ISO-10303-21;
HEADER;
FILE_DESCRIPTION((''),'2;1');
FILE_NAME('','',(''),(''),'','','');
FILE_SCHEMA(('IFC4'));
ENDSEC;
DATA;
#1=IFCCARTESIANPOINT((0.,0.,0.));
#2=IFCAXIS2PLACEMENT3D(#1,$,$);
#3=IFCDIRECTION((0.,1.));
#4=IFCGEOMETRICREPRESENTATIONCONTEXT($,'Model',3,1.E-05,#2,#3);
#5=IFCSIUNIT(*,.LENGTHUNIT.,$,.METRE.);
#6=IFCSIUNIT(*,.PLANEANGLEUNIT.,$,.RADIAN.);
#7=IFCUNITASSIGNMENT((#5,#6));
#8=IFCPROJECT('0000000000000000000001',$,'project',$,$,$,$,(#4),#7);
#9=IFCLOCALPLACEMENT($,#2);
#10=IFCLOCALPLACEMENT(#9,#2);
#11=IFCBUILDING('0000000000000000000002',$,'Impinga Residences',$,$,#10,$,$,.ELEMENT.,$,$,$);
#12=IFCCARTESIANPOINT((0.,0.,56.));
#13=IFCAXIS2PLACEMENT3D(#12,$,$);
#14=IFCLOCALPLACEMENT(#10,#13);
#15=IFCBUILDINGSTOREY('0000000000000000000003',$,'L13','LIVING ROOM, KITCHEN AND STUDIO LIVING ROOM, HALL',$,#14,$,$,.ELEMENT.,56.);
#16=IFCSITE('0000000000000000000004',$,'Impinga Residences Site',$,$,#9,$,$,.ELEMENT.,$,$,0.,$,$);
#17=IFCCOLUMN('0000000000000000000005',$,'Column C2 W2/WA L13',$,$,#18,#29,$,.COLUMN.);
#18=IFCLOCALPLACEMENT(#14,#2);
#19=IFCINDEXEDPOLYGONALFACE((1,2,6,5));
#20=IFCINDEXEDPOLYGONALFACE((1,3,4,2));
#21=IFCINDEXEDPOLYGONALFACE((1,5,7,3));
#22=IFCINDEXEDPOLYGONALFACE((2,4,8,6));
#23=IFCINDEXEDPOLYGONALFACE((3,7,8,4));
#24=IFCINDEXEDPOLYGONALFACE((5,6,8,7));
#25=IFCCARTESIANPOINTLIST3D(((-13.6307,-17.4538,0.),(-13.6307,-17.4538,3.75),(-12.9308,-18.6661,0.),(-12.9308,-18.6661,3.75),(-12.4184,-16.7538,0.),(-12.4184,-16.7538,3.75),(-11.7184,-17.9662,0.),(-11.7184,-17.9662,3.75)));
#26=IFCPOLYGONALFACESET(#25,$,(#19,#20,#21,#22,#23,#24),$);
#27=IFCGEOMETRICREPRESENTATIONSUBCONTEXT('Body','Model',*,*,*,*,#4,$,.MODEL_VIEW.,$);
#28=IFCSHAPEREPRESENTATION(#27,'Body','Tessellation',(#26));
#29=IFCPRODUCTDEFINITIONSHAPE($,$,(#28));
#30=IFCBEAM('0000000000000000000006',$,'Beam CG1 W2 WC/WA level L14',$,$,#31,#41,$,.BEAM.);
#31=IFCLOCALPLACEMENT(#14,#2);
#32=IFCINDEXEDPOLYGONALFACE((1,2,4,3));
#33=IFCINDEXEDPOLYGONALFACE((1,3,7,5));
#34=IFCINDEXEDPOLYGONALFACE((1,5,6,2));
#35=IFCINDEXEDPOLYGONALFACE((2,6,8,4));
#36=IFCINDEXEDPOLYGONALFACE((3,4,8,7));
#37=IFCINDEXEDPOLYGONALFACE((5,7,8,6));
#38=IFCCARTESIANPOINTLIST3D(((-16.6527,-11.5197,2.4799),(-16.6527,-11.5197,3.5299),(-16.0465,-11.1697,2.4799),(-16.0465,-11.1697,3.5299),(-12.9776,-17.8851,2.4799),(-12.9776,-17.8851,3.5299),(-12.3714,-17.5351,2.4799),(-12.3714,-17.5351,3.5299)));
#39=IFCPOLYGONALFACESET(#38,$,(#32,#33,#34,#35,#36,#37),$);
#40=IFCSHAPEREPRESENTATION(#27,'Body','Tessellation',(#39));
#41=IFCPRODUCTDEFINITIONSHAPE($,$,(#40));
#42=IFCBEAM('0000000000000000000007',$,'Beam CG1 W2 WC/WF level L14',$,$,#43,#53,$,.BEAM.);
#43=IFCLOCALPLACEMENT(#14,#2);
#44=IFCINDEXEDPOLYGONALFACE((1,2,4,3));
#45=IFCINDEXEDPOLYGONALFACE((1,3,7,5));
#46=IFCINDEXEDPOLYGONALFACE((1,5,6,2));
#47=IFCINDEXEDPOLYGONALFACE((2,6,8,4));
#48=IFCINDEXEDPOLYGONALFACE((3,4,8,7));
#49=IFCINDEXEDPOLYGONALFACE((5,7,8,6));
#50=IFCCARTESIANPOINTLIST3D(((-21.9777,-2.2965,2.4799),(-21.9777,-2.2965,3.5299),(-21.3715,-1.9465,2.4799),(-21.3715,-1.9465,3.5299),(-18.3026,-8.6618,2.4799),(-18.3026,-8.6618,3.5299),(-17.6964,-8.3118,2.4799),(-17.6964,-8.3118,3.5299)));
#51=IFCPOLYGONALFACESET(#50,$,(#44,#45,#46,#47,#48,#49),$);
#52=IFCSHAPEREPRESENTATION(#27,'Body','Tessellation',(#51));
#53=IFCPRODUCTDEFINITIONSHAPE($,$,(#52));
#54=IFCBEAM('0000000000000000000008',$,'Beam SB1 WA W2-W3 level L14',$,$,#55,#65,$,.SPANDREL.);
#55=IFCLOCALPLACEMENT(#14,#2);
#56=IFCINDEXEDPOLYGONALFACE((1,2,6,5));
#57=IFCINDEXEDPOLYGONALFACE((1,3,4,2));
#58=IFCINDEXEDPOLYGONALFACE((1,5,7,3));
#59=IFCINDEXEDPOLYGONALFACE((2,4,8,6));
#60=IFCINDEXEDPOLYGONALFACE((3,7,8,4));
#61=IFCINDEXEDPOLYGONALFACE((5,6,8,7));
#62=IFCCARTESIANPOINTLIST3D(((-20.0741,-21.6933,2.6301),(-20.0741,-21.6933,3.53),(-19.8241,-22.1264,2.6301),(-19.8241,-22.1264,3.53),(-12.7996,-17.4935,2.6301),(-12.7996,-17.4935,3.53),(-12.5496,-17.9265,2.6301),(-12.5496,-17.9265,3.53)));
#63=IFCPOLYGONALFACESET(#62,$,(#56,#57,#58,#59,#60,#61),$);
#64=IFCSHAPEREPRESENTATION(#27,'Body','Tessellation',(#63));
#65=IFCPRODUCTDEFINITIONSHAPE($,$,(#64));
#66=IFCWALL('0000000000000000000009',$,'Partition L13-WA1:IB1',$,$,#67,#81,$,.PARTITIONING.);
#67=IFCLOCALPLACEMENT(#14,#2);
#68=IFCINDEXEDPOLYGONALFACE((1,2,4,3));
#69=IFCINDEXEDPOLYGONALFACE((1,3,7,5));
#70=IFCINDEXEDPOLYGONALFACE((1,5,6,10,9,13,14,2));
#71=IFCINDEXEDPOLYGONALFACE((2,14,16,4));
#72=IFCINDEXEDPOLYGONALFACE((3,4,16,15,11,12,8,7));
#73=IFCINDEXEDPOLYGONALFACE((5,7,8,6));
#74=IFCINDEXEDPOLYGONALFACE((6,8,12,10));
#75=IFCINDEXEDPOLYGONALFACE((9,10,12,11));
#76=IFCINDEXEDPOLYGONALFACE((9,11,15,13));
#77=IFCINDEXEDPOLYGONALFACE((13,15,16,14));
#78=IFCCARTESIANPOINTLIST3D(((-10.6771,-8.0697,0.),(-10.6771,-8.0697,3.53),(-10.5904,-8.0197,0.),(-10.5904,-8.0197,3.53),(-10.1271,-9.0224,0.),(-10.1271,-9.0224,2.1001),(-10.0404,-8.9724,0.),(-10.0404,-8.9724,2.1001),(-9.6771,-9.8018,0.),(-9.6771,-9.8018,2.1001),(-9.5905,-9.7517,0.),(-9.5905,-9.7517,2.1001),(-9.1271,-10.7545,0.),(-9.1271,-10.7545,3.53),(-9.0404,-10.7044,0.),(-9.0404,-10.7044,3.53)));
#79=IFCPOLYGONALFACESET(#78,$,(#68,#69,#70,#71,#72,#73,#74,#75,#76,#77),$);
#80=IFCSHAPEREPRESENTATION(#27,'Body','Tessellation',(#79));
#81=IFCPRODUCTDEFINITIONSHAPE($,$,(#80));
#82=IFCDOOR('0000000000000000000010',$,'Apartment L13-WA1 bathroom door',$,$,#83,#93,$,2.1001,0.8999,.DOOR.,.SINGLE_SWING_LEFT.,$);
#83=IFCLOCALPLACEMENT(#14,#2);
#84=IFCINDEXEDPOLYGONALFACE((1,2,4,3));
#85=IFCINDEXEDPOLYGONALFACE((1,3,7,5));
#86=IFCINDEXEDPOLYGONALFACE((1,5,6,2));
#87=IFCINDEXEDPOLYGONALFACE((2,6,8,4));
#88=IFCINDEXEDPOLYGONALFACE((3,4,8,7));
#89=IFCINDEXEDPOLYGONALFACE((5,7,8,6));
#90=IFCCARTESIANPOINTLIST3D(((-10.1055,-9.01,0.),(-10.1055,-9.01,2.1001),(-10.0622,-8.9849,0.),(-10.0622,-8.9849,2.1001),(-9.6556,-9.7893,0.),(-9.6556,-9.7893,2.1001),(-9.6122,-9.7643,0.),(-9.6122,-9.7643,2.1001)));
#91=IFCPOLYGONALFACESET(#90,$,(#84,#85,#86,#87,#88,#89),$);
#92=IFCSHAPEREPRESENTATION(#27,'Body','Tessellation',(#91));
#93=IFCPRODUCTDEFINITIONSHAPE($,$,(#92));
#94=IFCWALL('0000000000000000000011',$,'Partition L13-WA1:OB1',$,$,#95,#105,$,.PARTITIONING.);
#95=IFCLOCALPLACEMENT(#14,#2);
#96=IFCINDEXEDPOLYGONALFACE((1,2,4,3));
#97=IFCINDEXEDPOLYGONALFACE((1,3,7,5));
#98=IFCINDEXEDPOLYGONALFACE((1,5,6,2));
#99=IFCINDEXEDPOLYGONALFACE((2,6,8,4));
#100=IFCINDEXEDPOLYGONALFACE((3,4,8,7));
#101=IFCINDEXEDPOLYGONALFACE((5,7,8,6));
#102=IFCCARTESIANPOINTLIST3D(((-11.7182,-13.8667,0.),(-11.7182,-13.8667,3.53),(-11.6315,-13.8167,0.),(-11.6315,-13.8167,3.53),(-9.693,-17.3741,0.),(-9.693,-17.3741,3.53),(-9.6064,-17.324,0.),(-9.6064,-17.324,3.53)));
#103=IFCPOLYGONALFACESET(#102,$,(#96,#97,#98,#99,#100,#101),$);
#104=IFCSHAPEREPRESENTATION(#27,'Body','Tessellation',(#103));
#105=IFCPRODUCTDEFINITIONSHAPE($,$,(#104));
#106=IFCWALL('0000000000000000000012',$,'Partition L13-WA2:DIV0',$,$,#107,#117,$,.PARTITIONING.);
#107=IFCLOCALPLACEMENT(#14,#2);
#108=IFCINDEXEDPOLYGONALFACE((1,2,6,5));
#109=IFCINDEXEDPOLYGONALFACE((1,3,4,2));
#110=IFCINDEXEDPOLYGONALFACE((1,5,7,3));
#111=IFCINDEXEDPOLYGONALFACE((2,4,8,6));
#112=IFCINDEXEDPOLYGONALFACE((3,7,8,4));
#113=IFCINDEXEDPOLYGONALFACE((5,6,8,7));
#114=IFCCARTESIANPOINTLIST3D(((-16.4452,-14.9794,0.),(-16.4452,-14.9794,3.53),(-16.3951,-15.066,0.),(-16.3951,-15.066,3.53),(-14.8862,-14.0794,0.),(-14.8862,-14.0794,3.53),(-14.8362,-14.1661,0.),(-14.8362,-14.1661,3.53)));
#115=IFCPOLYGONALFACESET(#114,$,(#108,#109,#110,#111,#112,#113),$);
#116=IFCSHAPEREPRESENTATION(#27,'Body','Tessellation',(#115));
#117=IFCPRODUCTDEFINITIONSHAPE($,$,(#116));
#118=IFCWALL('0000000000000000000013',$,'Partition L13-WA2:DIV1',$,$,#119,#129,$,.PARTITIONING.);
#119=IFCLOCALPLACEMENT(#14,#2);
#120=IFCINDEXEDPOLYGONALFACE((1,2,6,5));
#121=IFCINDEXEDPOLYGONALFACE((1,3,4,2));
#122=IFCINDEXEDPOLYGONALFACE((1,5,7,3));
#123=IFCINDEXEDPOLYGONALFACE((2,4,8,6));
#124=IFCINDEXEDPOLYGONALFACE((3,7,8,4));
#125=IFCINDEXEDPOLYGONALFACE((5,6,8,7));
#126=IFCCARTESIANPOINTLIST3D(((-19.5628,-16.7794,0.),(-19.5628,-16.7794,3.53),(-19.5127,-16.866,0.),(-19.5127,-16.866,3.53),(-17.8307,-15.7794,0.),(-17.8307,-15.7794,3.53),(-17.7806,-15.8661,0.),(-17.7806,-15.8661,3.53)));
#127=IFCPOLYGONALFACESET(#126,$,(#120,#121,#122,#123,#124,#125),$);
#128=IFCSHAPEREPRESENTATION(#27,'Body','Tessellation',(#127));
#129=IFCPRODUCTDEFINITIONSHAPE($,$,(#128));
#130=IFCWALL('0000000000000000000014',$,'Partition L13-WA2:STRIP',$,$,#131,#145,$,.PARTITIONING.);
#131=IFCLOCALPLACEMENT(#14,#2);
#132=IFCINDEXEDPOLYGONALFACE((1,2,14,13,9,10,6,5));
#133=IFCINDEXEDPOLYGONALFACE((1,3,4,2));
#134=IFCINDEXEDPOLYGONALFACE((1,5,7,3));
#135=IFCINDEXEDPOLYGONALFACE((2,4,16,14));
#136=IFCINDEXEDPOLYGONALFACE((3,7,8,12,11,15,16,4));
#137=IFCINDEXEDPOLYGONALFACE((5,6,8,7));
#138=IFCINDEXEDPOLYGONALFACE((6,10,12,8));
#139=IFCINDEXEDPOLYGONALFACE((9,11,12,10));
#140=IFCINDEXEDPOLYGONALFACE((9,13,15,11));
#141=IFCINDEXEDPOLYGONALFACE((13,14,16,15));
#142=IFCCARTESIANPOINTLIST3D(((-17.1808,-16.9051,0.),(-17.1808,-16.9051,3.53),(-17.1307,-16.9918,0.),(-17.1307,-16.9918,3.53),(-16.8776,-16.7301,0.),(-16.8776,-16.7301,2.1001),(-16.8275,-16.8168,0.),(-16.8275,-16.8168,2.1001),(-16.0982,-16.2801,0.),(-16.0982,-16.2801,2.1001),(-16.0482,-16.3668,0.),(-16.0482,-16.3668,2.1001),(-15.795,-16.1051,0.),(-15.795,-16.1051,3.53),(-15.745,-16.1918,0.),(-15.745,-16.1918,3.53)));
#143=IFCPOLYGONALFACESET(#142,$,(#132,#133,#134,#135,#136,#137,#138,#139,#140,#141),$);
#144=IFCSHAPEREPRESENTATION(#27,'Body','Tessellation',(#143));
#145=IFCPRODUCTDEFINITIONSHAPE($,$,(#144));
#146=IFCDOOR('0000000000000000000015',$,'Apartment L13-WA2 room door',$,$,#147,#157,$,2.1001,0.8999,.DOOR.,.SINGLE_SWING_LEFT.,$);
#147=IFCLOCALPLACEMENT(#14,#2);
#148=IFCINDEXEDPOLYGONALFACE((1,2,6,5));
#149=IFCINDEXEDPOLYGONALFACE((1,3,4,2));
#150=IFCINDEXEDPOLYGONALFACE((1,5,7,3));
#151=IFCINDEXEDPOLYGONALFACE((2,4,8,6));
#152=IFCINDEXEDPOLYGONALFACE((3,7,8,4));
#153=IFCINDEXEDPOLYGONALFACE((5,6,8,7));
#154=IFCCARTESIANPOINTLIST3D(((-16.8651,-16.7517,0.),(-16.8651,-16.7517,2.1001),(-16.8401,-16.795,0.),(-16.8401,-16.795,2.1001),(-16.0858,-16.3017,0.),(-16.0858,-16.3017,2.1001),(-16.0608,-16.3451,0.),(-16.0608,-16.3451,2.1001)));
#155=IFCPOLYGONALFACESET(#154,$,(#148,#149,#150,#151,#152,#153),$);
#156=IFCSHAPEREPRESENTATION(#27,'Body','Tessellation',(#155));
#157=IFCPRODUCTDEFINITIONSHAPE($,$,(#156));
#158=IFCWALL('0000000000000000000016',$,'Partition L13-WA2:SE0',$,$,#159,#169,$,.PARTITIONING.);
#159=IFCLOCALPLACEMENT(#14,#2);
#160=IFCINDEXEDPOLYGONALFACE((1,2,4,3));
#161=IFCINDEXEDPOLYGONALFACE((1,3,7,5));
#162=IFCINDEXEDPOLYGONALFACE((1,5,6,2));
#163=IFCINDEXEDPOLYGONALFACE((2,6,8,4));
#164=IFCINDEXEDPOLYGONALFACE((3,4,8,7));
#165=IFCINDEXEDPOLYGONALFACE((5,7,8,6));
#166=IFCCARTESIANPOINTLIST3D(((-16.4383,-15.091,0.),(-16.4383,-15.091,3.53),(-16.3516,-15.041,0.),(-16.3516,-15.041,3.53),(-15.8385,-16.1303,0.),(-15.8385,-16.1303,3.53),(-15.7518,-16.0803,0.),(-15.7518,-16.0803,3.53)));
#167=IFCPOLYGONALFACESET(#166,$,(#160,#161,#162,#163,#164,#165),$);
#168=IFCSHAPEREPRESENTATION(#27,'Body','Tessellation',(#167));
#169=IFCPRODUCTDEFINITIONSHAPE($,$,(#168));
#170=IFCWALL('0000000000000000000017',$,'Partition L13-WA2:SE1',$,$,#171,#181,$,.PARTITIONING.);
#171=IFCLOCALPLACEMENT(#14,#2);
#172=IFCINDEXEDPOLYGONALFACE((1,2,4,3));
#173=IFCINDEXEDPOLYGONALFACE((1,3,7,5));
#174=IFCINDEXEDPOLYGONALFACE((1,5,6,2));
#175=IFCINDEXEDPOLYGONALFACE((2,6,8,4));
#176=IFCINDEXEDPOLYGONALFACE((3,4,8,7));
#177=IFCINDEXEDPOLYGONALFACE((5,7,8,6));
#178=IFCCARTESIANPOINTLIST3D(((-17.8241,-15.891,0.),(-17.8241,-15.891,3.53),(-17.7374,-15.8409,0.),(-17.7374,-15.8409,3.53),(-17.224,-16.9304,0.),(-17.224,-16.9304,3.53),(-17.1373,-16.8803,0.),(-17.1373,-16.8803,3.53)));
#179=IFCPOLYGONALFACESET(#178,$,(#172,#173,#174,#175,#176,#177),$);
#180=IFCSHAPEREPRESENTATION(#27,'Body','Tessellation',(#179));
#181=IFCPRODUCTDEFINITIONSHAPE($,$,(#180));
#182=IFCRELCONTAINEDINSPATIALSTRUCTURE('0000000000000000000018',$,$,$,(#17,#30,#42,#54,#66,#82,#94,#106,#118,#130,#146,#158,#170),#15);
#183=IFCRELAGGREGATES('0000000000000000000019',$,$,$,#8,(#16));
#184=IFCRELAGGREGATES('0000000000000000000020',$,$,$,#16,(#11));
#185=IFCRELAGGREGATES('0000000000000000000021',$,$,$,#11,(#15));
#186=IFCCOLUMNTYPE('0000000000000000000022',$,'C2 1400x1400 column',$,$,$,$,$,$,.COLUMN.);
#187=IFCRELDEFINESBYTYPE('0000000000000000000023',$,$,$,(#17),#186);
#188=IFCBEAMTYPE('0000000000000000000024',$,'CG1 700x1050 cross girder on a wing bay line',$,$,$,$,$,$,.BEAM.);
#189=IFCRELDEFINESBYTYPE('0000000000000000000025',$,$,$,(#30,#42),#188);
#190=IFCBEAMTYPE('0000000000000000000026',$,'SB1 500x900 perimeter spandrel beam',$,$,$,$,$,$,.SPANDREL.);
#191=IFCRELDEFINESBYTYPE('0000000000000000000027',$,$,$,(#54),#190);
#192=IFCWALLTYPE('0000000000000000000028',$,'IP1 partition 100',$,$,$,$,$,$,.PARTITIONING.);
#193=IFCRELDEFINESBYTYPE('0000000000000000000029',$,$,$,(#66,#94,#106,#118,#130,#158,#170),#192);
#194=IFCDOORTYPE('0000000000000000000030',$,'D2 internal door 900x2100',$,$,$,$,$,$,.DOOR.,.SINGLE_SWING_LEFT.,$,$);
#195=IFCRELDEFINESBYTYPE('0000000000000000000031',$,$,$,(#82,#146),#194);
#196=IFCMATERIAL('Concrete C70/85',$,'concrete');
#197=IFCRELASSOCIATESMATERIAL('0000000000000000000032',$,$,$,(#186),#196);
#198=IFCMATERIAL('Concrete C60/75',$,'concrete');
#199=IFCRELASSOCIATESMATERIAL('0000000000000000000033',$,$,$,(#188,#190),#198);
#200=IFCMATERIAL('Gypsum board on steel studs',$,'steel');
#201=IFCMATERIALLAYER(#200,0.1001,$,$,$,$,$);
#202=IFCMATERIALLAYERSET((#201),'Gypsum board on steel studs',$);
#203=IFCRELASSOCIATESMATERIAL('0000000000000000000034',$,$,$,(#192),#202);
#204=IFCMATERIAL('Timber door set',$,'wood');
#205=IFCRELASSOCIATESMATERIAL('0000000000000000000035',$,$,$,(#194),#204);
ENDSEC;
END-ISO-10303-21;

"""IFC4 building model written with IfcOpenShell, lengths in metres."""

from ifc_helpers import new_model, si_unit, direction, frame, frame_2d, origin, origin_2d, place, context, subcontext, project, spatial, rectangle, extrude, material, layer, layer_set, material_profile, profile_set, type_object, element, fill, save


model = new_model("IFC4")

# Units and contexts
model_context = context("Model", 3, precision=1e-05, world=origin(), true_north=direction((0.0, 1.0)))
body_context = subcontext(model_context, "Body", "Model", "MODEL_VIEW")
ifc_project = project(units=[si_unit("LENGTHUNIT", "METRE"), si_unit("PLANEANGLEUNIT", "RADIAN")], contexts=[model_context])

# Site, building, storey
site_placement = place(None, origin())
site = spatial("IfcSite", under=ifc_project, at=site_placement, Name="Impinga Residences Site", CompositionType="ELEMENT", RefElevation=0.0)
building_placement = place(site_placement, origin())
building = spatial("IfcBuilding", under=site, at=building_placement, Name="Impinga Residences", CompositionType="ELEMENT")
storey_placement = place(building_placement, frame((0.0, 0.0, 56.0)))
storey = spatial("IfcBuildingStorey", under=building, at=storey_placement, Name="L13", Description="LIVING ROOM, KITCHEN AND STUDIO LIVING ROOM, HALL", CompositionType="ELEMENT", Elevation=56.0)

# Column
ifc_material_1 = material(Name="Concrete C70/85", Category="concrete")
ifc_material_profile_1 = material_profile(ifc_material_1, rectangle(XDim=1.3999, YDim=1.3999, at=origin_2d()), Name="RC 1400x1400")
ifc_profile_set_1 = profile_set([ifc_material_profile_1], Name="Concrete C70/85")
column_type = type_object("IfcColumnType", Name="C2 1400x1400 column", PredefinedType="COLUMN", material=ifc_profile_set_1)
column_placement = place(storey_placement, frame((-12.6746, -17.71, 0.0), z_axis=(0.0, 0.0, 1.0), x_axis=(-0.5, 0.866025, 0.0)))
element("IfcColumn", 1, at=column_placement, inside=storey, type_object=column_type, Name="Column C2 W2/WA L13", PredefinedType="COLUMN", context=body_context, shape_type="SweptSolid", body=[
    extrude(rectangle(XDim=1.3999, YDim=1.3999, at=origin_2d()), origin(), (0.0, 0.0, 1.0), 3.75),
])

# Beams
ifc_material_2 = material(Name="Concrete C60/75", Category="concrete")
ifc_material_profile_2 = material_profile(ifc_material_2, rectangle(XDim=0.7, YDim=1.05, at=origin_2d()), Name="RC 700x1050")
ifc_profile_set_2 = profile_set([ifc_material_profile_2], Name="Concrete C60/75")
beam_type_1 = type_object("IfcBeamType", Name="CG1 700x1050 cross girder on a wing bay line", PredefinedType="BEAM", material=ifc_profile_set_2)
for number, where, z_axis, x_axis, name in (
    (2, (-16.3496, -11.3447, 3.0049), (0.500008, -0.866021, 0.0), (0.866021, 0.500008, 0.0), "Beam CG1 W2 WC/WA level L14"),
    (3, (-17.9995, -8.4868, 3.0049), (-0.500008, 0.866021, 0.0), (-0.866021, -0.500008, 0.0), "Beam CG1 W2 WC/WF level L14"),
):
    element("IfcBeam", number, at=place(storey_placement, frame(where, z_axis=z_axis, x_axis=x_axis)), inside=storey, type_object=beam_type_1, Name=name, PredefinedType="BEAM", context=body_context, shape_type="SweptSolid", body=[
        extrude(rectangle(XDim=0.7, YDim=1.05, at=origin_2d()), origin(), (0.0, 0.0, 1.0), 7.3501),
    ])
ifc_material_profile_3 = material_profile(ifc_material_2, rectangle(XDim=0.5, YDim=0.8999, at=origin_2d()), Name="RC 500x900")
ifc_profile_set_3 = profile_set([ifc_material_profile_3], Name="Concrete C60/75")
beam_type_2 = type_object("IfcBeamType", Name="SB1 500x900 perimeter spandrel beam", PredefinedType="SPANDREL", material=ifc_profile_set_3)
beam_placement = place(storey_placement, frame((-12.6746, -17.71, 3.0801), z_axis=(-0.866029, -0.499993, 0.0), x_axis=(0.499993, -0.866029, 0.0)))
element("IfcBeam", 4, at=beam_placement, inside=storey, type_object=beam_type_2, Name="Beam SB1 WA W2-W3 level L14", PredefinedType="SPANDREL", context=body_context, shape_type="SweptSolid", body=[
    extrude(rectangle(XDim=0.5, YDim=0.8999, at=origin_2d()), origin(), (0.0, 0.0, 1.0), 8.3999),
])

# Wall, opening, door
ifc_material_3 = material(Name="Gypsum board on steel studs", Category="steel")
ifc_layer_1 = layer(ifc_material_3, 0.1001)
ifc_layer_set_1 = layer_set([ifc_layer_1], Name="Gypsum board on steel studs")
wall_type_1 = type_object("IfcWallType", Name="IP1 partition 100", PredefinedType="PARTITIONING", material=ifc_layer_set_1)
wall_1_placement = place(storey_placement, frame((-10.6338, -8.0447, 0.0), z_axis=(0.0, 0.0, 1.0), x_axis=(0.499993, -0.86603, 0.0)))
wall_1 = element("IfcWall", 5, at=wall_1_placement, inside=storey, type_object=wall_type_1, Name="Partition L13-WA1:IB1", PredefinedType="PARTITIONING", context=body_context, shape_type="SweptSolid", body=[
    extrude(rectangle(XDim=3.1001, YDim=0.1001, at=frame_2d((1.55, 0.0))), origin(), (0.0, 0.0, 1.0), 3.53),
])
opening_1_placement = place(wall_1_placement, frame((1.1001, 0.0, 0.0)))
opening_1 = element("IfcOpeningElement", 6, at=opening_1_placement, cuts=wall_1, PredefinedType="OPENING", context=body_context, shape_type="SweptSolid", body=[
    extrude(rectangle(XDim=0.8999, YDim=2.1001, at=frame_2d((0.45, 1.05))), frame((0.0, 0.0601, 0.0), z_axis=(0.0, -1.0, 0.0), x_axis=(1.0, 0.0, 0.0)), (0.0, 0.0, 1.0), 0.1201),
])
ifc_material_4 = material(Name="Timber door set", Category="wood")
door_type = type_object("IfcDoorType", Name="D2 internal door 900x2100", OperationType="SINGLE_SWING_LEFT", PredefinedType="DOOR", material=ifc_material_4)
door_1_placement = place(opening_1_placement, origin())
door_1 = element("IfcDoor", 7, at=door_1_placement, inside=storey, type_object=door_type, Name="Apartment L13-WA1 bathroom door", OperationType="SINGLE_SWING_LEFT", OverallHeight=2.1001, OverallWidth=0.8999, PredefinedType="DOOR", context=body_context, shape_type="SweptSolid", body=[
    extrude(rectangle(XDim=0.8999, YDim=2.1001, at=frame_2d((0.45, 1.05))), frame((0.0, 0.0249, 0.0), z_axis=(0.0, -1.0, 0.0), x_axis=(1.0, 0.0, 0.0)), (0.0, 0.0, 1.0), 0.05),
])
fill(opening_1, door_1)

# Walls
wall_2_placement = place(storey_placement, frame((-11.6748, -13.8418, 0.0), z_axis=(0.0, 0.0, 1.0), x_axis=(0.500036, -0.866005, 0.0)))
element("IfcWall", 8, at=wall_2_placement, inside=storey, type_object=wall_type_1, Name="Partition L13-WA1:OB1", PredefinedType="PARTITIONING", context=body_context, shape_type="SweptSolid", body=[
    extrude(rectangle(XDim=4.05, YDim=0.1001, at=frame_2d((2.0249, 0.0))), origin(), (0.0, 0.0, 1.0), 3.53),
])
wall_3_placement = place(storey_placement, frame((-14.8613, -14.1228, 0.0), z_axis=(0.0, 0.0, 1.0), x_axis=(-0.866048, -0.499961, 0.0)))
element("IfcWall", 9, at=wall_3_placement, inside=storey, type_object=wall_type_1, Name="Partition L13-WA2:DIV0", PredefinedType="PARTITIONING", context=body_context, shape_type="SweptSolid", body=[
    extrude(rectangle(XDim=1.8, YDim=0.1001, at=frame_2d((0.8999, 0.0))), origin(), (0.0, 0.0, 1.0), 3.53),
])
wall_4_placement = place(storey_placement, frame((-17.8057, -15.8228, 0.0), z_axis=(0.0, 0.0, 1.0), x_axis=(-0.866041, -0.499973, 0.0)))
element("IfcWall", 10, at=wall_4_placement, inside=storey, type_object=wall_type_1, Name="Partition L13-WA2:DIV1", PredefinedType="PARTITIONING", context=body_context, shape_type="SweptSolid", body=[
    extrude(rectangle(XDim=2.0, YDim=0.1001, at=frame_2d((1.0, 0.0))), origin(), (0.0, 0.0, 1.0), 3.53),
])

# Wall, opening, door
wall_5_placement = place(storey_placement, frame((-15.77, -16.1484, 0.0), z_axis=(0.0, 0.0, 1.0), x_axis=(-0.866028, -0.499995, 0.0)))
wall_5 = element("IfcWall", 11, at=wall_5_placement, inside=storey, type_object=wall_type_1, Name="Partition L13-WA2:STRIP", PredefinedType="PARTITIONING", context=body_context, shape_type="SweptSolid", body=[
    extrude(rectangle(XDim=1.6001, YDim=0.1001, at=frame_2d((0.8, 0.0))), origin(), (0.0, 0.0, 1.0), 3.53),
])
opening_2_placement = place(wall_5_placement, frame((0.3501, 0.0, 0.0)))
opening_2 = element("IfcOpeningElement", 12, at=opening_2_placement, cuts=wall_5, PredefinedType="OPENING", context=body_context, shape_type="SweptSolid", body=[
    extrude(rectangle(XDim=0.8999, YDim=2.1001, at=frame_2d((0.45, 1.05))), frame((0.0, 0.0601, 0.0), z_axis=(0.0, -1.0, 0.0), x_axis=(1.0, 0.0, 0.0)), (0.0, 0.0, 1.0), 0.1201),
])
door_2_placement = place(opening_2_placement, origin())
door_2 = element("IfcDoor", 13, at=door_2_placement, inside=storey, type_object=door_type, Name="Apartment L13-WA2 room door", OperationType="SINGLE_SWING_LEFT", OverallHeight=2.1001, OverallWidth=0.8999, PredefinedType="DOOR", context=body_context, shape_type="SweptSolid", body=[
    extrude(rectangle(XDim=0.8999, YDim=2.1001, at=frame_2d((0.45, 1.05))), frame((0.0, 0.0249, 0.0), z_axis=(0.0, -1.0, 0.0), x_axis=(1.0, 0.0, 0.0)), (0.0, 0.0, 1.0), 0.05),
])
fill(opening_2, door_2)

# Walls
wall_6_placement = place(storey_placement, frame((-16.395, -15.0659, 0.0), z_axis=(0.0, 0.0, 1.0), x_axis=(0.499881, -0.866094, 0.0)))
element("IfcWall", 14, at=wall_6_placement, inside=storey, type_object=wall_type_1, Name="Partition L13-WA2:SE0", PredefinedType="PARTITIONING", context=body_context, shape_type="SweptSolid", body=[
    extrude(rectangle(XDim=1.2, YDim=0.1001, at=frame_2d((0.6001, 0.0))), origin(), (0.0, 0.0, 1.0), 3.53),
])
wall_7_placement = place(storey_placement, frame((-17.7808, -15.866, 0.0), z_axis=(0.0, 0.0, 1.0), x_axis=(0.500034, -0.866006, 0.0)))
element("IfcWall", 15, at=wall_7_placement, inside=storey, type_object=wall_type_1, Name="Partition L13-WA2:SE1", PredefinedType="PARTITIONING", context=body_context, shape_type="SweptSolid", body=[
    extrude(rectangle(XDim=1.2002, YDim=0.1001, at=frame_2d((0.6001, 0.0))), origin(), (0.0, 0.0, 1.0), 3.53),
])

save(model, "model.ifc")
